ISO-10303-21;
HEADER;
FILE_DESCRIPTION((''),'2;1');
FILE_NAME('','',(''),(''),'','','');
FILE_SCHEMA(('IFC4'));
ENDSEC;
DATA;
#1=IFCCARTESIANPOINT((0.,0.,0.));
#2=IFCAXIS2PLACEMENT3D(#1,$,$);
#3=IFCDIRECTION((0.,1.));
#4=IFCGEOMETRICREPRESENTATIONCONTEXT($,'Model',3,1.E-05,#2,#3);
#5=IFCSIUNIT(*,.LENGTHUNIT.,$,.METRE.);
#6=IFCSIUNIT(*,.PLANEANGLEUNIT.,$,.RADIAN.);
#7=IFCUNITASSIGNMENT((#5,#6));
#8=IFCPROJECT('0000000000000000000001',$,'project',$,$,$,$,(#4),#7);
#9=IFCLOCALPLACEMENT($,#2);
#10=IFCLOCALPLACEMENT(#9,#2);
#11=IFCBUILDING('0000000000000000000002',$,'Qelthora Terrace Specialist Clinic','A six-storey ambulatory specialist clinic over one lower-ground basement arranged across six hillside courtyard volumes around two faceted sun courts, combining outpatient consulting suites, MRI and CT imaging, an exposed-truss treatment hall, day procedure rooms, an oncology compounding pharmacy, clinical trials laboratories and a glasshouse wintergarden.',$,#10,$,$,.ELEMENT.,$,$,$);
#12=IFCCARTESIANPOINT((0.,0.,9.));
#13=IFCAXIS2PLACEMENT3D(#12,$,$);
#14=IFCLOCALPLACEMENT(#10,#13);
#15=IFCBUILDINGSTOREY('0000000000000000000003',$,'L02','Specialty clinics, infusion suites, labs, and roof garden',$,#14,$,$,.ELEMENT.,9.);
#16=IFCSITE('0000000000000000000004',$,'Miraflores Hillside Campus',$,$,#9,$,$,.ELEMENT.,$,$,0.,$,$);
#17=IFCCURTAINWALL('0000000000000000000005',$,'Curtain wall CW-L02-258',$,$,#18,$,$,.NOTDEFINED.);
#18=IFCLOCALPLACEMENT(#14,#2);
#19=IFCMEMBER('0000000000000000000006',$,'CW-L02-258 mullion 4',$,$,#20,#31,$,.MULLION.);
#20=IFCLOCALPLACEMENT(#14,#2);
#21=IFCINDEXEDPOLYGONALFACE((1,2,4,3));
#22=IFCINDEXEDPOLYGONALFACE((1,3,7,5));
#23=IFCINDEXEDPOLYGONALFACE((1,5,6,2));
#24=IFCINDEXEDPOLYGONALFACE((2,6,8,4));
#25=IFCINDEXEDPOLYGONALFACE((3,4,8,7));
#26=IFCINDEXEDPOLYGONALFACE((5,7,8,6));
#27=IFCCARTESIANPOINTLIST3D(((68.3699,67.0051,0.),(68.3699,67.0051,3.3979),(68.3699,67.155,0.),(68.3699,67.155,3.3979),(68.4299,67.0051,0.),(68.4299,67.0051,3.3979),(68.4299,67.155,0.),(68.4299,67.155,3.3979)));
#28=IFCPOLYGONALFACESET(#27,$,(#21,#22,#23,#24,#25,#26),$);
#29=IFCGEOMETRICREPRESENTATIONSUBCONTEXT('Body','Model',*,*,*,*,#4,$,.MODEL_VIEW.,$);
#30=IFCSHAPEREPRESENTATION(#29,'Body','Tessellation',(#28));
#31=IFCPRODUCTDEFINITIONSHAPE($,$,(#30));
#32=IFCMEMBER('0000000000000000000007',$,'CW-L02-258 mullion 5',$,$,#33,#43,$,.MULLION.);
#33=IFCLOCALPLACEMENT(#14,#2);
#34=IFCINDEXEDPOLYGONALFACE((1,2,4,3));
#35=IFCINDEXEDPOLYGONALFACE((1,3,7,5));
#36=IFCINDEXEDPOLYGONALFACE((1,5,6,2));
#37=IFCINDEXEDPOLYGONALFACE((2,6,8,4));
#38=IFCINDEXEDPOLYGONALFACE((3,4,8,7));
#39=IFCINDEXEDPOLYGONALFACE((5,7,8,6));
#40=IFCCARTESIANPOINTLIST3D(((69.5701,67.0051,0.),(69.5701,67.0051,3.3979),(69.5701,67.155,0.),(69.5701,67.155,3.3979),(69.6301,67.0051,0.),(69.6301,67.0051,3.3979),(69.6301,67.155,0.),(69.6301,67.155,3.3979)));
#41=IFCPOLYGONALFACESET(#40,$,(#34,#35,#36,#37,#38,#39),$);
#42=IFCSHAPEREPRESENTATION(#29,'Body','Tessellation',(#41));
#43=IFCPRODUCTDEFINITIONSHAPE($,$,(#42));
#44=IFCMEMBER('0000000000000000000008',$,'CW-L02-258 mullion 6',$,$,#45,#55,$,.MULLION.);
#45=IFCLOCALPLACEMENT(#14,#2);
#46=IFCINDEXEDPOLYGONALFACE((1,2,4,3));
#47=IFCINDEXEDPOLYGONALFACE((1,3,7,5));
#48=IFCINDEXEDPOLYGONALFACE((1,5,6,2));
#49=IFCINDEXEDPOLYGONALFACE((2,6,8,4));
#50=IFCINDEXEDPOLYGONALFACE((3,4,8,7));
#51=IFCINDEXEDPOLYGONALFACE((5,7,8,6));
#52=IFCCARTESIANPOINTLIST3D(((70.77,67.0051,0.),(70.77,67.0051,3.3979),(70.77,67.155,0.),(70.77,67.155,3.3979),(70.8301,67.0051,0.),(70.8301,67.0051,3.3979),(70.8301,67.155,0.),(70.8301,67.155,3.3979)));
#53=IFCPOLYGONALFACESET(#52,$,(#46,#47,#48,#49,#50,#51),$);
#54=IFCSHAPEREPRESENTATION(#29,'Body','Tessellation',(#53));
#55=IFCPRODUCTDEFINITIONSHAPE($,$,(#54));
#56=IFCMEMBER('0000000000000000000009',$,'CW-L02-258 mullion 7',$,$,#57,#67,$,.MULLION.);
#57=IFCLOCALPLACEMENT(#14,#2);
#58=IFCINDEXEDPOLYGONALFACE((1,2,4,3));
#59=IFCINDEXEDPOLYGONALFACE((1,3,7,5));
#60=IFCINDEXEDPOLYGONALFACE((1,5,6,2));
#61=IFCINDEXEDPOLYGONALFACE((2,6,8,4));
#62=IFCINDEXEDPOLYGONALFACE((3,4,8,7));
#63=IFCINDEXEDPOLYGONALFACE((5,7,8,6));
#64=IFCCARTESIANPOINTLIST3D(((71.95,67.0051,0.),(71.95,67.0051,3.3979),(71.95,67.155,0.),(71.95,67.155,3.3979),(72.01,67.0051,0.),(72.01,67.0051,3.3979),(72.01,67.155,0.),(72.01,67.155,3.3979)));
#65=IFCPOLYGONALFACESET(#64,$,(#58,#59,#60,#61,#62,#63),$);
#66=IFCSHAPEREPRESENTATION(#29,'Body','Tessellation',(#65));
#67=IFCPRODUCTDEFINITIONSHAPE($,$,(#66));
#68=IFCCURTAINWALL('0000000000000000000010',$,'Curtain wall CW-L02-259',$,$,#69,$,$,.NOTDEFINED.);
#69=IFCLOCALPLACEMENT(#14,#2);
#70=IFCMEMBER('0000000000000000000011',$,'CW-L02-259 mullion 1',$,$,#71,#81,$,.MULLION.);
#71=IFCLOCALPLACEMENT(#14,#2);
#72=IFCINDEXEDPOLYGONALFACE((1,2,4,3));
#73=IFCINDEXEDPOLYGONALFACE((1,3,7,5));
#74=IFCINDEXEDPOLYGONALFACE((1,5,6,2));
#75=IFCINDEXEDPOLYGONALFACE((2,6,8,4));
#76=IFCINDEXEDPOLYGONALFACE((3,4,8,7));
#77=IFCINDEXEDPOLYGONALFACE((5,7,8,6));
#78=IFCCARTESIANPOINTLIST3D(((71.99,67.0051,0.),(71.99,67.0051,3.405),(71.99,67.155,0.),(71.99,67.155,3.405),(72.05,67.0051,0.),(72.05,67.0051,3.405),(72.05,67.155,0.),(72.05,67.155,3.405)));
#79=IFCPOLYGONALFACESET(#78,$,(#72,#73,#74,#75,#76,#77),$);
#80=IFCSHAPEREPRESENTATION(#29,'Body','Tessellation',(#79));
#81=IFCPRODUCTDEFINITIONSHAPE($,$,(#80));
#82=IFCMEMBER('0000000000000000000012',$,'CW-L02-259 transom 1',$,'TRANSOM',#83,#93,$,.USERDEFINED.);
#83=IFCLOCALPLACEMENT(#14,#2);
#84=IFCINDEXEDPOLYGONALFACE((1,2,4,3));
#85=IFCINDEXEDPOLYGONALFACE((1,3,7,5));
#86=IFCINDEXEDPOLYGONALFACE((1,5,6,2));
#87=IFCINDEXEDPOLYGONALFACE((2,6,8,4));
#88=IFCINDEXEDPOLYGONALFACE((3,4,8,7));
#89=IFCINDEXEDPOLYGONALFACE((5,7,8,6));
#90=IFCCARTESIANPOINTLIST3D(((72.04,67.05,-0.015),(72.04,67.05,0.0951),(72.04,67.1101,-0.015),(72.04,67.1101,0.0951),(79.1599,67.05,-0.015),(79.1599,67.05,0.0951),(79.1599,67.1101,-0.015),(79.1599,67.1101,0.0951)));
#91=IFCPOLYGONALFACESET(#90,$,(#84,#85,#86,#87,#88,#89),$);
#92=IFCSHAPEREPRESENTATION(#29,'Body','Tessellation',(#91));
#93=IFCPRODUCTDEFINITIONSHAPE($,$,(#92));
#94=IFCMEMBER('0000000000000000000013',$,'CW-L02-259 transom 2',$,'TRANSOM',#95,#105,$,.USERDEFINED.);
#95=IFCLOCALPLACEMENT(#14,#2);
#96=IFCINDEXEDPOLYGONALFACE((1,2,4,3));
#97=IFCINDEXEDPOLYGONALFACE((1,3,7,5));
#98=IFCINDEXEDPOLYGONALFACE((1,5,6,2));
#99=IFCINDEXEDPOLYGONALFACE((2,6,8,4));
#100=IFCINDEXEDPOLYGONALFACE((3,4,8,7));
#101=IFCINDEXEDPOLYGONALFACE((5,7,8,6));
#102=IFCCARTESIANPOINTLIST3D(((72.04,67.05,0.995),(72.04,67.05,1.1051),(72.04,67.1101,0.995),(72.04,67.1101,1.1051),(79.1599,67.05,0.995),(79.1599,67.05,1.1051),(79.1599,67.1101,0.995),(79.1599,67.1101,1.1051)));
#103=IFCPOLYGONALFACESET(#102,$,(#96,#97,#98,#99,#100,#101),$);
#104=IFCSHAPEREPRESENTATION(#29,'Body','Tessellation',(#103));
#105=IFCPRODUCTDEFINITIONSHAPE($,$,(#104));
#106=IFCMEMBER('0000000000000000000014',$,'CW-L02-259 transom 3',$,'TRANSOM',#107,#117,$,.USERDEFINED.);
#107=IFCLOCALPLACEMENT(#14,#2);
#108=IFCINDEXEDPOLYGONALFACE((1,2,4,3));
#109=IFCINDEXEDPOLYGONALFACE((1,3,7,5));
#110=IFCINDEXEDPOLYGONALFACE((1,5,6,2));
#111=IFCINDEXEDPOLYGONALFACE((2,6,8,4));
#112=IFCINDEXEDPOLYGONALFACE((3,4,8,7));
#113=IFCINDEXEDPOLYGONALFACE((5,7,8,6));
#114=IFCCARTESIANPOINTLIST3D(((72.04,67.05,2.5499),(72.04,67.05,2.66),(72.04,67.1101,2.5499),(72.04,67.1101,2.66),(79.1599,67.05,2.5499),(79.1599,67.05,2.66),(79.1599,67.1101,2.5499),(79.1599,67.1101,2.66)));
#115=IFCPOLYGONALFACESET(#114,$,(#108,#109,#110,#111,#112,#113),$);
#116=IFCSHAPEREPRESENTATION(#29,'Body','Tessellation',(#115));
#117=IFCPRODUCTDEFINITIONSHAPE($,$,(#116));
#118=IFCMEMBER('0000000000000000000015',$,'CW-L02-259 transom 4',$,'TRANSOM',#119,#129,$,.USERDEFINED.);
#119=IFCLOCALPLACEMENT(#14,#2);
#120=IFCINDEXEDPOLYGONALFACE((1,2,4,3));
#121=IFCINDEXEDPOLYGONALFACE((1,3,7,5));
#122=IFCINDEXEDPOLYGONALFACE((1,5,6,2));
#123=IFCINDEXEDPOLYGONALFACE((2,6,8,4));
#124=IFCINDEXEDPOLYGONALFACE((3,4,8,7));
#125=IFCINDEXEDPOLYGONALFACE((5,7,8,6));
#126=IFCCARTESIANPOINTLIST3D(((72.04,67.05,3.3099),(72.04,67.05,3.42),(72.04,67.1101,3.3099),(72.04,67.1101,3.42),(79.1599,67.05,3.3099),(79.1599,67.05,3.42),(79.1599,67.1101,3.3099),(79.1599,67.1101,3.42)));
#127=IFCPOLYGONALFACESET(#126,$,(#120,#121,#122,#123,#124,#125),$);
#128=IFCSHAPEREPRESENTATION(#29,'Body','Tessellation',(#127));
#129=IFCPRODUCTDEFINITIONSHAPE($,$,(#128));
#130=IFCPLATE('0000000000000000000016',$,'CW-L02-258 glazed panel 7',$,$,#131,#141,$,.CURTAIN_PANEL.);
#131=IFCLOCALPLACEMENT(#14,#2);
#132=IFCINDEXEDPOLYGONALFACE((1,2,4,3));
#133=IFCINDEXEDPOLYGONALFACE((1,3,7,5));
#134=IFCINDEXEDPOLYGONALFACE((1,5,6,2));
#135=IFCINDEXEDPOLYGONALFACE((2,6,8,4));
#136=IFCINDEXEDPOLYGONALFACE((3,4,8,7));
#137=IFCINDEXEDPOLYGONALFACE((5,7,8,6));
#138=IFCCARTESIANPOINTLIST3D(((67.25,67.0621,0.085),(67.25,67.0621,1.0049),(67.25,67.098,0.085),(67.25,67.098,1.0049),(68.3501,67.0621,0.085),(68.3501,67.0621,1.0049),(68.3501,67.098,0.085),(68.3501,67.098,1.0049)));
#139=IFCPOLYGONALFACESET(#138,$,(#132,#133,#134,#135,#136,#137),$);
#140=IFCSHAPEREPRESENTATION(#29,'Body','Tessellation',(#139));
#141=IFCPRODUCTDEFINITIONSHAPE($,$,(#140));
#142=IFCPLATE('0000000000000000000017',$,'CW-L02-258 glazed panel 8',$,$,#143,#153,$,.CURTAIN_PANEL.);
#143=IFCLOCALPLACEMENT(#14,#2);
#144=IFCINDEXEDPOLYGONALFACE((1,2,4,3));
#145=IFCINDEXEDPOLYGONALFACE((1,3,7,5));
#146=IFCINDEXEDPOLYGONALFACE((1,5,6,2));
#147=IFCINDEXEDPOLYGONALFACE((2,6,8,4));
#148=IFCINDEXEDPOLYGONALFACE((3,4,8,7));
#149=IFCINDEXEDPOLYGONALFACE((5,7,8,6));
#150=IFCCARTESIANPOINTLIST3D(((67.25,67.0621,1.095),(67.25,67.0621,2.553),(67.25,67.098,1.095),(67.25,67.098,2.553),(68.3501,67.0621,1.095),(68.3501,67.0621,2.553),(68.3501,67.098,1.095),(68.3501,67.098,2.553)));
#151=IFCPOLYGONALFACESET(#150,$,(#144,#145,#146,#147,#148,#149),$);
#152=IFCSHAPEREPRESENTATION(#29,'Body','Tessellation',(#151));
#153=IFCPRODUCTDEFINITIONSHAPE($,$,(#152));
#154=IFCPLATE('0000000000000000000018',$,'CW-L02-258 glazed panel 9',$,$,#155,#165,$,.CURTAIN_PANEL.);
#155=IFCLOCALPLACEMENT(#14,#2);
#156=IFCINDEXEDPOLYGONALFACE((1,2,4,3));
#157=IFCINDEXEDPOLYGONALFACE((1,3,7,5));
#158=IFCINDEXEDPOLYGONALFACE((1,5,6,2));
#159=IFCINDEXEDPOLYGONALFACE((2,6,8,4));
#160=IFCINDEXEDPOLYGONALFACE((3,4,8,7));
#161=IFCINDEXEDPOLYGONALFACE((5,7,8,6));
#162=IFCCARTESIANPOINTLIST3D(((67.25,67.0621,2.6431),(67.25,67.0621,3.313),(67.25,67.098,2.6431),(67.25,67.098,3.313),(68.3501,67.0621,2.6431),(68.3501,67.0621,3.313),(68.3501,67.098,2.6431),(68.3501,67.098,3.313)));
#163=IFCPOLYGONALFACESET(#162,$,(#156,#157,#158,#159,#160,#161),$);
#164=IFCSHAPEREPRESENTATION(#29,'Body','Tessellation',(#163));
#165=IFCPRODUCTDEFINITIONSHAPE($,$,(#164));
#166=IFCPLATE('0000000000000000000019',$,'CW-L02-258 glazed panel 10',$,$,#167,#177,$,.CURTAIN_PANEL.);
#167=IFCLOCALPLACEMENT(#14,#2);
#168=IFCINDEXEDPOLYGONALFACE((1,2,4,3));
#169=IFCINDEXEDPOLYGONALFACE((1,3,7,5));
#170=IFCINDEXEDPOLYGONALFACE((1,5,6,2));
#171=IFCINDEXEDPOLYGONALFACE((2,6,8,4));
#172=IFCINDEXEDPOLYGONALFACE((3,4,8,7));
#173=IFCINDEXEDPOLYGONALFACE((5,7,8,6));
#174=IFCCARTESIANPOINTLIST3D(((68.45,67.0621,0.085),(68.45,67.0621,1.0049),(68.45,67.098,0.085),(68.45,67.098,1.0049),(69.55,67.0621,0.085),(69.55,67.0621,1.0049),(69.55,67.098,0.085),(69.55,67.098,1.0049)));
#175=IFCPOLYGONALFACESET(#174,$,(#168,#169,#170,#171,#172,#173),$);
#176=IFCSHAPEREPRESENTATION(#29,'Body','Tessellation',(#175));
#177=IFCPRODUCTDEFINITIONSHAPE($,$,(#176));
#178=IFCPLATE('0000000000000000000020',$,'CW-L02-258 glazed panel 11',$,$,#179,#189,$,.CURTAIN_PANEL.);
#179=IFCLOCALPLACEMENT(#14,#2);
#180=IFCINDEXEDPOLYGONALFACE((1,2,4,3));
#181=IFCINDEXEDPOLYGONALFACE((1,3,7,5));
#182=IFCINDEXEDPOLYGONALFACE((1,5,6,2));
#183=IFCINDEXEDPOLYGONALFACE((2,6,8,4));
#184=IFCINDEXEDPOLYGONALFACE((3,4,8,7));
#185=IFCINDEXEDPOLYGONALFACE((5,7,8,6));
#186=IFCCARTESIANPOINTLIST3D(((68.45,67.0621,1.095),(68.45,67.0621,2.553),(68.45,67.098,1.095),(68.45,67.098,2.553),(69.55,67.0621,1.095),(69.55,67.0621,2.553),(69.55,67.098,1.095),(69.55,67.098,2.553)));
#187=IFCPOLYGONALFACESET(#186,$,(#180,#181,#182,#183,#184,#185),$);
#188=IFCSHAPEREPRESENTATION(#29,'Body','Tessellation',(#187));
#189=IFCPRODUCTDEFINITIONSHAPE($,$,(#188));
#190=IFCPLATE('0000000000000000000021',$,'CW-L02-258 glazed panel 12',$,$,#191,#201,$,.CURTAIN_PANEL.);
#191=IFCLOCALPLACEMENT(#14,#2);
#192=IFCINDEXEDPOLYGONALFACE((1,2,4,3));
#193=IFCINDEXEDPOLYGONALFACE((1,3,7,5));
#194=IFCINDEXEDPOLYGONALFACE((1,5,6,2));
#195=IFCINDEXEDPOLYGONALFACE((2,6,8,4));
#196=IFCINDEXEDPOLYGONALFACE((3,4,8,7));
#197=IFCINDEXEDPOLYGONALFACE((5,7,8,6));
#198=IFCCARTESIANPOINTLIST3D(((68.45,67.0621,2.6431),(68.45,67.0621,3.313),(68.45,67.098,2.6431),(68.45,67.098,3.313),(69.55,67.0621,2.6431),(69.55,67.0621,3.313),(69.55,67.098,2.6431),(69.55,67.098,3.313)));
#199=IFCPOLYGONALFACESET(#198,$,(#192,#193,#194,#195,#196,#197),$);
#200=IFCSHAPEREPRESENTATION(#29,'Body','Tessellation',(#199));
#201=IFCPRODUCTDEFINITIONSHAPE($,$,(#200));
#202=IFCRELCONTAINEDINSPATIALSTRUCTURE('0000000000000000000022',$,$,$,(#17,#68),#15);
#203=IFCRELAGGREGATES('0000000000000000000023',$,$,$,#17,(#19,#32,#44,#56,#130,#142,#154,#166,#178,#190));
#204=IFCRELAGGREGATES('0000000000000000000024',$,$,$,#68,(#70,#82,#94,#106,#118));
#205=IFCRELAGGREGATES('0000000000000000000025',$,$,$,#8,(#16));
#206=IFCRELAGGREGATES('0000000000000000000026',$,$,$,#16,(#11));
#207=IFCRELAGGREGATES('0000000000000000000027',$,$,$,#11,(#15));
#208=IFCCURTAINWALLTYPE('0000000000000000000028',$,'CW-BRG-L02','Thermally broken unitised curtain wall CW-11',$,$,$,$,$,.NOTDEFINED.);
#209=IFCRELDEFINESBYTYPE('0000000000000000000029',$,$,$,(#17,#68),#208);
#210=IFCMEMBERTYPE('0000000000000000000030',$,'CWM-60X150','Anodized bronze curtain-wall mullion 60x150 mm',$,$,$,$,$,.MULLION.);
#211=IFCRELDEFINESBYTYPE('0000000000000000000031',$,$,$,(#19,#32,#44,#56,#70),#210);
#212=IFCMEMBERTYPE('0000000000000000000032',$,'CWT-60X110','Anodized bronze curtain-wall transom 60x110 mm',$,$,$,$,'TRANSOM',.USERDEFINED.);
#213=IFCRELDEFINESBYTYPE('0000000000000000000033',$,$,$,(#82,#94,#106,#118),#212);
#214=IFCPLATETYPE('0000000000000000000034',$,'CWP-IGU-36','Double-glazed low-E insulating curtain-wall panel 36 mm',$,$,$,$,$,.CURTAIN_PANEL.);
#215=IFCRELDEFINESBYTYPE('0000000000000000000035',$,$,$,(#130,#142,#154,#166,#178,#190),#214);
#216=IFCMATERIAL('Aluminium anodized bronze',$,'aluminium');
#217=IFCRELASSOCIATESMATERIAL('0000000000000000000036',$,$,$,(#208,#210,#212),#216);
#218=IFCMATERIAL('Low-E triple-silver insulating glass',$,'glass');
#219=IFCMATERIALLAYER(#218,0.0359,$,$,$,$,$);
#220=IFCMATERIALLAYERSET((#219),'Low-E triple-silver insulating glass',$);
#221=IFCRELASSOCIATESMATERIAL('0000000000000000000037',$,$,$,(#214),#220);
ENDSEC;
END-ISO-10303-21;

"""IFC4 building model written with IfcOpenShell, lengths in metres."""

from ifc_helpers import new_model, si_unit, direction, frame, origin, origin_2d, place, context, subcontext, project, spatial, rectangle, extrude, material, layer, layer_set, material_profile, profile_set, type_object, element, aggregate, save


model = new_model("IFC4")

# Units and contexts
model_context = context("Model", 3, precision=1e-05, world=origin(), true_north=direction((0.0, 1.0)))
body_context = subcontext(model_context, "Body", "Model", "MODEL_VIEW")
ifc_project = project(units=[si_unit("LENGTHUNIT", "METRE"), si_unit("PLANEANGLEUNIT", "RADIAN")], contexts=[model_context])

# Site, building, storey
site_placement = place(None, origin())
site = spatial("IfcSite", under=ifc_project, at=site_placement, Name="Miraflores Hillside Campus", CompositionType="ELEMENT", RefElevation=0.0)
building_placement = place(site_placement, origin())
building = spatial("IfcBuilding", under=site, at=building_placement, Name="Qelthora Terrace Specialist Clinic", Description="A six-storey ambulatory specialist clinic over one lower-ground basement arranged across six hillside courtyard volumes around two faceted sun courts, combining outpatient consulting suites, MRI and CT imaging, an exposed-truss treatment hall, day procedure rooms, an oncology compounding pharmacy, clinical trials laboratories and a glasshouse wintergarden.", CompositionType="ELEMENT")
storey_placement = place(building_placement, frame((0.0, 0.0, 9.0)))
storey = spatial("IfcBuildingStorey", under=building, at=storey_placement, Name="L02", Description="Specialty clinics, infusion suites, labs, and roof garden", CompositionType="ELEMENT", Elevation=9.0)

# Curtain walls, members
ifc_material_1 = material(Name="Aluminium anodized bronze", Category="aluminium")
curtain_wall_type = type_object("IfcCurtainWallType", Name="CW-BRG-L02", Description="Thermally broken unitised curtain wall CW-11", PredefinedType="NOTDEFINED", material=ifc_material_1)
curtain_wall_1_placement = place(storey_placement, origin())
curtain_wall_1 = element("IfcCurtainWall", 1, at=curtain_wall_1_placement, inside=storey, type_object=curtain_wall_type, Name="Curtain wall CW-L02-258", PredefinedType="NOTDEFINED")
ifc_material_profile_1 = material_profile(ifc_material_1, rectangle(XDim=0.0601, YDim=0.1499, at=origin_2d()), Name="CWM60X150")
ifc_profile_set_1 = profile_set([ifc_material_profile_1], Name="Aluminium anodized bronze")
member_type_1 = type_object("IfcMemberType", Name="CWM-60X150", Description="Anodized bronze curtain-wall mullion 60x150 mm", PredefinedType="MULLION", material=ifc_profile_set_1)
member_1_placement = place(storey_placement, frame((68.3999, 67.0801, 0.0), z_axis=(0.0, 0.0, 1.0), x_axis=(1.0, 0.0, 0.0)))
member_1 = element("IfcMember", 2, at=member_1_placement, type_object=member_type_1, Name="CW-L02-258 mullion 4", PredefinedType="MULLION", context=body_context, shape_type="SweptSolid", body=[
    extrude(rectangle(XDim=0.0601, YDim=0.1499, at=origin_2d()), origin(), (0.0, 0.0, 1.0), 3.3979),
])
member_2_placement = place(storey_placement, frame((69.6001, 67.0801, 0.0), z_axis=(0.0, 0.0, 1.0), x_axis=(1.0, 0.0, 0.0)))
member_2 = element("IfcMember", 3, at=member_2_placement, type_object=member_type_1, Name="CW-L02-258 mullion 5", PredefinedType="MULLION", context=body_context, shape_type="SweptSolid", body=[
    extrude(rectangle(XDim=0.0601, YDim=0.1499, at=origin_2d()), origin(), (0.0, 0.0, 1.0), 3.3979),
])
member_3_placement = place(storey_placement, frame((70.8, 67.0801, 0.0), z_axis=(0.0, 0.0, 1.0), x_axis=(1.0, 0.0, 0.0)))
member_3 = element("IfcMember", 4, at=member_3_placement, type_object=member_type_1, Name="CW-L02-258 mullion 6", PredefinedType="MULLION", context=body_context, shape_type="SweptSolid", body=[
    extrude(rectangle(XDim=0.0601, YDim=0.1499, at=origin_2d()), origin(), (0.0, 0.0, 1.0), 3.3979),
])
member_4_placement = place(storey_placement, frame((71.98, 67.0801, 0.0), z_axis=(0.0, 0.0, 1.0), x_axis=(1.0, 0.0, 0.0)))
member_4 = element("IfcMember", 5, at=member_4_placement, type_object=member_type_1, Name="CW-L02-258 mullion 7", PredefinedType="MULLION", context=body_context, shape_type="SweptSolid", body=[
    extrude(rectangle(XDim=0.0601, YDim=0.1499, at=origin_2d()), origin(), (0.0, 0.0, 1.0), 3.3979),
])
curtain_wall_2_placement = place(storey_placement, origin())
curtain_wall_2 = element("IfcCurtainWall", 6, at=curtain_wall_2_placement, inside=storey, type_object=curtain_wall_type, Name="Curtain wall CW-L02-259", PredefinedType="NOTDEFINED")
member_5_placement = place(storey_placement, frame((72.02, 67.0801, 0.0), z_axis=(0.0, 0.0, 1.0), x_axis=(1.0, 0.0, 0.0)))
member_5 = element("IfcMember", 7, at=member_5_placement, type_object=member_type_1, Name="CW-L02-259 mullion 1", PredefinedType="MULLION", context=body_context, shape_type="SweptSolid", body=[
    extrude(rectangle(XDim=0.0601, YDim=0.1499, at=origin_2d()), origin(), (0.0, 0.0, 1.0), 3.405),
])
ifc_material_profile_2 = material_profile(ifc_material_1, rectangle(XDim=0.0601, YDim=0.1101, at=origin_2d()), Name="CWT60X110")
ifc_profile_set_2 = profile_set([ifc_material_profile_2], Name="Aluminium anodized bronze")
member_type_2 = type_object("IfcMemberType", Name="CWT-60X110", Description="Anodized bronze curtain-wall transom 60x110 mm", ElementType="TRANSOM", PredefinedType="USERDEFINED", material=ifc_profile_set_2)
member_6_placement = place(storey_placement, frame((72.04, 67.0801, 0.04), z_axis=(1.0, 0.0, 0.0), x_axis=(0.0, 1.0, 0.0)))
member_6 = element("IfcMember", 8, at=member_6_placement, type_object=member_type_2, Name="CW-L02-259 transom 1", ObjectType="TRANSOM", PredefinedType="USERDEFINED", context=body_context, shape_type="SweptSolid", body=[
    extrude(rectangle(XDim=0.0601, YDim=0.1101, at=origin_2d()), origin(), (0.0, 0.0, 1.0), 7.1199),
])
member_7_placement = place(storey_placement, frame((72.04, 67.0801, 1.05), z_axis=(1.0, 0.0, 0.0), x_axis=(0.0, 1.0, 0.0)))
member_7 = element("IfcMember", 9, at=member_7_placement, type_object=member_type_2, Name="CW-L02-259 transom 2", ObjectType="TRANSOM", PredefinedType="USERDEFINED", context=body_context, shape_type="SweptSolid", body=[
    extrude(rectangle(XDim=0.0601, YDim=0.1101, at=origin_2d()), origin(), (0.0, 0.0, 1.0), 7.1199),
])
member_8_placement = place(storey_placement, frame((72.04, 67.0801, 2.605), z_axis=(1.0, 0.0, 0.0), x_axis=(0.0, 1.0, 0.0)))
member_8 = element("IfcMember", 10, at=member_8_placement, type_object=member_type_2, Name="CW-L02-259 transom 3", ObjectType="TRANSOM", PredefinedType="USERDEFINED", context=body_context, shape_type="SweptSolid", body=[
    extrude(rectangle(XDim=0.0601, YDim=0.1101, at=origin_2d()), origin(), (0.0, 0.0, 1.0), 7.1199),
])
member_9_placement = place(storey_placement, frame((72.04, 67.0801, 3.365), z_axis=(1.0, 0.0, 0.0), x_axis=(0.0, 1.0, 0.0)))
member_9 = element("IfcMember", 11, at=member_9_placement, type_object=member_type_2, Name="CW-L02-259 transom 4", ObjectType="TRANSOM", PredefinedType="USERDEFINED", context=body_context, shape_type="SweptSolid", body=[
    extrude(rectangle(XDim=0.0601, YDim=0.1101, at=origin_2d()), origin(), (0.0, 0.0, 1.0), 7.1199),
])

# Plates
ifc_material_2 = material(Name="Low-E triple-silver insulating glass", Category="glass")
ifc_layer = layer(ifc_material_2, 0.0359)
ifc_layer_set = layer_set([ifc_layer], Name="Low-E triple-silver insulating glass")
plate_type = type_object("IfcPlateType", Name="CWP-IGU-36", Description="Double-glazed low-E insulating curtain-wall panel 36 mm", PredefinedType="CURTAIN_PANEL", material=ifc_layer_set)
plate_1_placement = place(storey_placement, frame((67.8, 67.0801, 0.085), z_axis=(0.0, 0.0, 1.0), x_axis=(1.0, 0.0, 0.0)))
plate_1 = element("IfcPlate", 12, at=plate_1_placement, type_object=plate_type, Name="CW-L02-258 glazed panel 7", PredefinedType="CURTAIN_PANEL", context=body_context, shape_type="SweptSolid", body=[
    extrude(rectangle(XDim=1.1001, YDim=0.0359, at=origin_2d()), origin(), (0.0, 0.0, 1.0), 0.9199),
])
plate_2_placement = place(storey_placement, frame((67.8, 67.0801, 1.095), z_axis=(0.0, 0.0, 1.0), x_axis=(1.0, 0.0, 0.0)))
plate_2 = element("IfcPlate", 13, at=plate_2_placement, type_object=plate_type, Name="CW-L02-258 glazed panel 8", PredefinedType="CURTAIN_PANEL", context=body_context, shape_type="SweptSolid", body=[
    extrude(rectangle(XDim=1.1001, YDim=0.0359, at=origin_2d()), origin(), (0.0, 0.0, 1.0), 1.458),
])
plate_3_placement = place(storey_placement, frame((67.8, 67.0801, 2.6431), z_axis=(0.0, 0.0, 1.0), x_axis=(1.0, 0.0, 0.0)))
plate_3 = element("IfcPlate", 14, at=plate_3_placement, type_object=plate_type, Name="CW-L02-258 glazed panel 9", PredefinedType="CURTAIN_PANEL", context=body_context, shape_type="SweptSolid", body=[
    extrude(rectangle(XDim=1.1001, YDim=0.0359, at=origin_2d()), origin(), (0.0, 0.0, 1.0), 0.6699),
])
plate_4_placement = place(storey_placement, frame((69.0, 67.0801, 0.085), z_axis=(0.0, 0.0, 1.0), x_axis=(1.0, 0.0, 0.0)))
plate_4 = element("IfcPlate", 15, at=plate_4_placement, type_object=plate_type, Name="CW-L02-258 glazed panel 10", PredefinedType="CURTAIN_PANEL", context=body_context, shape_type="SweptSolid", body=[
    extrude(rectangle(XDim=1.1001, YDim=0.0359, at=origin_2d()), origin(), (0.0, 0.0, 1.0), 0.9199),
])
plate_5_placement = place(storey_placement, frame((69.0, 67.0801, 1.095), z_axis=(0.0, 0.0, 1.0), x_axis=(1.0, 0.0, 0.0)))
plate_5 = element("IfcPlate", 16, at=plate_5_placement, type_object=plate_type, Name="CW-L02-258 glazed panel 11", PredefinedType="CURTAIN_PANEL", context=body_context, shape_type="SweptSolid", body=[
    extrude(rectangle(XDim=1.1001, YDim=0.0359, at=origin_2d()), origin(), (0.0, 0.0, 1.0), 1.458),
])
plate_6_placement = place(storey_placement, frame((69.0, 67.0801, 2.6431), z_axis=(0.0, 0.0, 1.0), x_axis=(1.0, 0.0, 0.0)))
plate_6 = element("IfcPlate", 17, at=plate_6_placement, type_object=plate_type, Name="CW-L02-258 glazed panel 12", PredefinedType="CURTAIN_PANEL", context=body_context, shape_type="SweptSolid", body=[
    extrude(rectangle(XDim=1.1001, YDim=0.0359, at=origin_2d()), origin(), (0.0, 0.0, 1.0), 0.6699),
])
aggregate(curtain_wall_1, [member_1, member_2, member_3, member_4, plate_1, plate_2, plate_3, plate_4, plate_5, plate_6])
aggregate(curtain_wall_2, [member_5, member_6, member_7, member_8, member_9])

save(model, "model.ifc")
